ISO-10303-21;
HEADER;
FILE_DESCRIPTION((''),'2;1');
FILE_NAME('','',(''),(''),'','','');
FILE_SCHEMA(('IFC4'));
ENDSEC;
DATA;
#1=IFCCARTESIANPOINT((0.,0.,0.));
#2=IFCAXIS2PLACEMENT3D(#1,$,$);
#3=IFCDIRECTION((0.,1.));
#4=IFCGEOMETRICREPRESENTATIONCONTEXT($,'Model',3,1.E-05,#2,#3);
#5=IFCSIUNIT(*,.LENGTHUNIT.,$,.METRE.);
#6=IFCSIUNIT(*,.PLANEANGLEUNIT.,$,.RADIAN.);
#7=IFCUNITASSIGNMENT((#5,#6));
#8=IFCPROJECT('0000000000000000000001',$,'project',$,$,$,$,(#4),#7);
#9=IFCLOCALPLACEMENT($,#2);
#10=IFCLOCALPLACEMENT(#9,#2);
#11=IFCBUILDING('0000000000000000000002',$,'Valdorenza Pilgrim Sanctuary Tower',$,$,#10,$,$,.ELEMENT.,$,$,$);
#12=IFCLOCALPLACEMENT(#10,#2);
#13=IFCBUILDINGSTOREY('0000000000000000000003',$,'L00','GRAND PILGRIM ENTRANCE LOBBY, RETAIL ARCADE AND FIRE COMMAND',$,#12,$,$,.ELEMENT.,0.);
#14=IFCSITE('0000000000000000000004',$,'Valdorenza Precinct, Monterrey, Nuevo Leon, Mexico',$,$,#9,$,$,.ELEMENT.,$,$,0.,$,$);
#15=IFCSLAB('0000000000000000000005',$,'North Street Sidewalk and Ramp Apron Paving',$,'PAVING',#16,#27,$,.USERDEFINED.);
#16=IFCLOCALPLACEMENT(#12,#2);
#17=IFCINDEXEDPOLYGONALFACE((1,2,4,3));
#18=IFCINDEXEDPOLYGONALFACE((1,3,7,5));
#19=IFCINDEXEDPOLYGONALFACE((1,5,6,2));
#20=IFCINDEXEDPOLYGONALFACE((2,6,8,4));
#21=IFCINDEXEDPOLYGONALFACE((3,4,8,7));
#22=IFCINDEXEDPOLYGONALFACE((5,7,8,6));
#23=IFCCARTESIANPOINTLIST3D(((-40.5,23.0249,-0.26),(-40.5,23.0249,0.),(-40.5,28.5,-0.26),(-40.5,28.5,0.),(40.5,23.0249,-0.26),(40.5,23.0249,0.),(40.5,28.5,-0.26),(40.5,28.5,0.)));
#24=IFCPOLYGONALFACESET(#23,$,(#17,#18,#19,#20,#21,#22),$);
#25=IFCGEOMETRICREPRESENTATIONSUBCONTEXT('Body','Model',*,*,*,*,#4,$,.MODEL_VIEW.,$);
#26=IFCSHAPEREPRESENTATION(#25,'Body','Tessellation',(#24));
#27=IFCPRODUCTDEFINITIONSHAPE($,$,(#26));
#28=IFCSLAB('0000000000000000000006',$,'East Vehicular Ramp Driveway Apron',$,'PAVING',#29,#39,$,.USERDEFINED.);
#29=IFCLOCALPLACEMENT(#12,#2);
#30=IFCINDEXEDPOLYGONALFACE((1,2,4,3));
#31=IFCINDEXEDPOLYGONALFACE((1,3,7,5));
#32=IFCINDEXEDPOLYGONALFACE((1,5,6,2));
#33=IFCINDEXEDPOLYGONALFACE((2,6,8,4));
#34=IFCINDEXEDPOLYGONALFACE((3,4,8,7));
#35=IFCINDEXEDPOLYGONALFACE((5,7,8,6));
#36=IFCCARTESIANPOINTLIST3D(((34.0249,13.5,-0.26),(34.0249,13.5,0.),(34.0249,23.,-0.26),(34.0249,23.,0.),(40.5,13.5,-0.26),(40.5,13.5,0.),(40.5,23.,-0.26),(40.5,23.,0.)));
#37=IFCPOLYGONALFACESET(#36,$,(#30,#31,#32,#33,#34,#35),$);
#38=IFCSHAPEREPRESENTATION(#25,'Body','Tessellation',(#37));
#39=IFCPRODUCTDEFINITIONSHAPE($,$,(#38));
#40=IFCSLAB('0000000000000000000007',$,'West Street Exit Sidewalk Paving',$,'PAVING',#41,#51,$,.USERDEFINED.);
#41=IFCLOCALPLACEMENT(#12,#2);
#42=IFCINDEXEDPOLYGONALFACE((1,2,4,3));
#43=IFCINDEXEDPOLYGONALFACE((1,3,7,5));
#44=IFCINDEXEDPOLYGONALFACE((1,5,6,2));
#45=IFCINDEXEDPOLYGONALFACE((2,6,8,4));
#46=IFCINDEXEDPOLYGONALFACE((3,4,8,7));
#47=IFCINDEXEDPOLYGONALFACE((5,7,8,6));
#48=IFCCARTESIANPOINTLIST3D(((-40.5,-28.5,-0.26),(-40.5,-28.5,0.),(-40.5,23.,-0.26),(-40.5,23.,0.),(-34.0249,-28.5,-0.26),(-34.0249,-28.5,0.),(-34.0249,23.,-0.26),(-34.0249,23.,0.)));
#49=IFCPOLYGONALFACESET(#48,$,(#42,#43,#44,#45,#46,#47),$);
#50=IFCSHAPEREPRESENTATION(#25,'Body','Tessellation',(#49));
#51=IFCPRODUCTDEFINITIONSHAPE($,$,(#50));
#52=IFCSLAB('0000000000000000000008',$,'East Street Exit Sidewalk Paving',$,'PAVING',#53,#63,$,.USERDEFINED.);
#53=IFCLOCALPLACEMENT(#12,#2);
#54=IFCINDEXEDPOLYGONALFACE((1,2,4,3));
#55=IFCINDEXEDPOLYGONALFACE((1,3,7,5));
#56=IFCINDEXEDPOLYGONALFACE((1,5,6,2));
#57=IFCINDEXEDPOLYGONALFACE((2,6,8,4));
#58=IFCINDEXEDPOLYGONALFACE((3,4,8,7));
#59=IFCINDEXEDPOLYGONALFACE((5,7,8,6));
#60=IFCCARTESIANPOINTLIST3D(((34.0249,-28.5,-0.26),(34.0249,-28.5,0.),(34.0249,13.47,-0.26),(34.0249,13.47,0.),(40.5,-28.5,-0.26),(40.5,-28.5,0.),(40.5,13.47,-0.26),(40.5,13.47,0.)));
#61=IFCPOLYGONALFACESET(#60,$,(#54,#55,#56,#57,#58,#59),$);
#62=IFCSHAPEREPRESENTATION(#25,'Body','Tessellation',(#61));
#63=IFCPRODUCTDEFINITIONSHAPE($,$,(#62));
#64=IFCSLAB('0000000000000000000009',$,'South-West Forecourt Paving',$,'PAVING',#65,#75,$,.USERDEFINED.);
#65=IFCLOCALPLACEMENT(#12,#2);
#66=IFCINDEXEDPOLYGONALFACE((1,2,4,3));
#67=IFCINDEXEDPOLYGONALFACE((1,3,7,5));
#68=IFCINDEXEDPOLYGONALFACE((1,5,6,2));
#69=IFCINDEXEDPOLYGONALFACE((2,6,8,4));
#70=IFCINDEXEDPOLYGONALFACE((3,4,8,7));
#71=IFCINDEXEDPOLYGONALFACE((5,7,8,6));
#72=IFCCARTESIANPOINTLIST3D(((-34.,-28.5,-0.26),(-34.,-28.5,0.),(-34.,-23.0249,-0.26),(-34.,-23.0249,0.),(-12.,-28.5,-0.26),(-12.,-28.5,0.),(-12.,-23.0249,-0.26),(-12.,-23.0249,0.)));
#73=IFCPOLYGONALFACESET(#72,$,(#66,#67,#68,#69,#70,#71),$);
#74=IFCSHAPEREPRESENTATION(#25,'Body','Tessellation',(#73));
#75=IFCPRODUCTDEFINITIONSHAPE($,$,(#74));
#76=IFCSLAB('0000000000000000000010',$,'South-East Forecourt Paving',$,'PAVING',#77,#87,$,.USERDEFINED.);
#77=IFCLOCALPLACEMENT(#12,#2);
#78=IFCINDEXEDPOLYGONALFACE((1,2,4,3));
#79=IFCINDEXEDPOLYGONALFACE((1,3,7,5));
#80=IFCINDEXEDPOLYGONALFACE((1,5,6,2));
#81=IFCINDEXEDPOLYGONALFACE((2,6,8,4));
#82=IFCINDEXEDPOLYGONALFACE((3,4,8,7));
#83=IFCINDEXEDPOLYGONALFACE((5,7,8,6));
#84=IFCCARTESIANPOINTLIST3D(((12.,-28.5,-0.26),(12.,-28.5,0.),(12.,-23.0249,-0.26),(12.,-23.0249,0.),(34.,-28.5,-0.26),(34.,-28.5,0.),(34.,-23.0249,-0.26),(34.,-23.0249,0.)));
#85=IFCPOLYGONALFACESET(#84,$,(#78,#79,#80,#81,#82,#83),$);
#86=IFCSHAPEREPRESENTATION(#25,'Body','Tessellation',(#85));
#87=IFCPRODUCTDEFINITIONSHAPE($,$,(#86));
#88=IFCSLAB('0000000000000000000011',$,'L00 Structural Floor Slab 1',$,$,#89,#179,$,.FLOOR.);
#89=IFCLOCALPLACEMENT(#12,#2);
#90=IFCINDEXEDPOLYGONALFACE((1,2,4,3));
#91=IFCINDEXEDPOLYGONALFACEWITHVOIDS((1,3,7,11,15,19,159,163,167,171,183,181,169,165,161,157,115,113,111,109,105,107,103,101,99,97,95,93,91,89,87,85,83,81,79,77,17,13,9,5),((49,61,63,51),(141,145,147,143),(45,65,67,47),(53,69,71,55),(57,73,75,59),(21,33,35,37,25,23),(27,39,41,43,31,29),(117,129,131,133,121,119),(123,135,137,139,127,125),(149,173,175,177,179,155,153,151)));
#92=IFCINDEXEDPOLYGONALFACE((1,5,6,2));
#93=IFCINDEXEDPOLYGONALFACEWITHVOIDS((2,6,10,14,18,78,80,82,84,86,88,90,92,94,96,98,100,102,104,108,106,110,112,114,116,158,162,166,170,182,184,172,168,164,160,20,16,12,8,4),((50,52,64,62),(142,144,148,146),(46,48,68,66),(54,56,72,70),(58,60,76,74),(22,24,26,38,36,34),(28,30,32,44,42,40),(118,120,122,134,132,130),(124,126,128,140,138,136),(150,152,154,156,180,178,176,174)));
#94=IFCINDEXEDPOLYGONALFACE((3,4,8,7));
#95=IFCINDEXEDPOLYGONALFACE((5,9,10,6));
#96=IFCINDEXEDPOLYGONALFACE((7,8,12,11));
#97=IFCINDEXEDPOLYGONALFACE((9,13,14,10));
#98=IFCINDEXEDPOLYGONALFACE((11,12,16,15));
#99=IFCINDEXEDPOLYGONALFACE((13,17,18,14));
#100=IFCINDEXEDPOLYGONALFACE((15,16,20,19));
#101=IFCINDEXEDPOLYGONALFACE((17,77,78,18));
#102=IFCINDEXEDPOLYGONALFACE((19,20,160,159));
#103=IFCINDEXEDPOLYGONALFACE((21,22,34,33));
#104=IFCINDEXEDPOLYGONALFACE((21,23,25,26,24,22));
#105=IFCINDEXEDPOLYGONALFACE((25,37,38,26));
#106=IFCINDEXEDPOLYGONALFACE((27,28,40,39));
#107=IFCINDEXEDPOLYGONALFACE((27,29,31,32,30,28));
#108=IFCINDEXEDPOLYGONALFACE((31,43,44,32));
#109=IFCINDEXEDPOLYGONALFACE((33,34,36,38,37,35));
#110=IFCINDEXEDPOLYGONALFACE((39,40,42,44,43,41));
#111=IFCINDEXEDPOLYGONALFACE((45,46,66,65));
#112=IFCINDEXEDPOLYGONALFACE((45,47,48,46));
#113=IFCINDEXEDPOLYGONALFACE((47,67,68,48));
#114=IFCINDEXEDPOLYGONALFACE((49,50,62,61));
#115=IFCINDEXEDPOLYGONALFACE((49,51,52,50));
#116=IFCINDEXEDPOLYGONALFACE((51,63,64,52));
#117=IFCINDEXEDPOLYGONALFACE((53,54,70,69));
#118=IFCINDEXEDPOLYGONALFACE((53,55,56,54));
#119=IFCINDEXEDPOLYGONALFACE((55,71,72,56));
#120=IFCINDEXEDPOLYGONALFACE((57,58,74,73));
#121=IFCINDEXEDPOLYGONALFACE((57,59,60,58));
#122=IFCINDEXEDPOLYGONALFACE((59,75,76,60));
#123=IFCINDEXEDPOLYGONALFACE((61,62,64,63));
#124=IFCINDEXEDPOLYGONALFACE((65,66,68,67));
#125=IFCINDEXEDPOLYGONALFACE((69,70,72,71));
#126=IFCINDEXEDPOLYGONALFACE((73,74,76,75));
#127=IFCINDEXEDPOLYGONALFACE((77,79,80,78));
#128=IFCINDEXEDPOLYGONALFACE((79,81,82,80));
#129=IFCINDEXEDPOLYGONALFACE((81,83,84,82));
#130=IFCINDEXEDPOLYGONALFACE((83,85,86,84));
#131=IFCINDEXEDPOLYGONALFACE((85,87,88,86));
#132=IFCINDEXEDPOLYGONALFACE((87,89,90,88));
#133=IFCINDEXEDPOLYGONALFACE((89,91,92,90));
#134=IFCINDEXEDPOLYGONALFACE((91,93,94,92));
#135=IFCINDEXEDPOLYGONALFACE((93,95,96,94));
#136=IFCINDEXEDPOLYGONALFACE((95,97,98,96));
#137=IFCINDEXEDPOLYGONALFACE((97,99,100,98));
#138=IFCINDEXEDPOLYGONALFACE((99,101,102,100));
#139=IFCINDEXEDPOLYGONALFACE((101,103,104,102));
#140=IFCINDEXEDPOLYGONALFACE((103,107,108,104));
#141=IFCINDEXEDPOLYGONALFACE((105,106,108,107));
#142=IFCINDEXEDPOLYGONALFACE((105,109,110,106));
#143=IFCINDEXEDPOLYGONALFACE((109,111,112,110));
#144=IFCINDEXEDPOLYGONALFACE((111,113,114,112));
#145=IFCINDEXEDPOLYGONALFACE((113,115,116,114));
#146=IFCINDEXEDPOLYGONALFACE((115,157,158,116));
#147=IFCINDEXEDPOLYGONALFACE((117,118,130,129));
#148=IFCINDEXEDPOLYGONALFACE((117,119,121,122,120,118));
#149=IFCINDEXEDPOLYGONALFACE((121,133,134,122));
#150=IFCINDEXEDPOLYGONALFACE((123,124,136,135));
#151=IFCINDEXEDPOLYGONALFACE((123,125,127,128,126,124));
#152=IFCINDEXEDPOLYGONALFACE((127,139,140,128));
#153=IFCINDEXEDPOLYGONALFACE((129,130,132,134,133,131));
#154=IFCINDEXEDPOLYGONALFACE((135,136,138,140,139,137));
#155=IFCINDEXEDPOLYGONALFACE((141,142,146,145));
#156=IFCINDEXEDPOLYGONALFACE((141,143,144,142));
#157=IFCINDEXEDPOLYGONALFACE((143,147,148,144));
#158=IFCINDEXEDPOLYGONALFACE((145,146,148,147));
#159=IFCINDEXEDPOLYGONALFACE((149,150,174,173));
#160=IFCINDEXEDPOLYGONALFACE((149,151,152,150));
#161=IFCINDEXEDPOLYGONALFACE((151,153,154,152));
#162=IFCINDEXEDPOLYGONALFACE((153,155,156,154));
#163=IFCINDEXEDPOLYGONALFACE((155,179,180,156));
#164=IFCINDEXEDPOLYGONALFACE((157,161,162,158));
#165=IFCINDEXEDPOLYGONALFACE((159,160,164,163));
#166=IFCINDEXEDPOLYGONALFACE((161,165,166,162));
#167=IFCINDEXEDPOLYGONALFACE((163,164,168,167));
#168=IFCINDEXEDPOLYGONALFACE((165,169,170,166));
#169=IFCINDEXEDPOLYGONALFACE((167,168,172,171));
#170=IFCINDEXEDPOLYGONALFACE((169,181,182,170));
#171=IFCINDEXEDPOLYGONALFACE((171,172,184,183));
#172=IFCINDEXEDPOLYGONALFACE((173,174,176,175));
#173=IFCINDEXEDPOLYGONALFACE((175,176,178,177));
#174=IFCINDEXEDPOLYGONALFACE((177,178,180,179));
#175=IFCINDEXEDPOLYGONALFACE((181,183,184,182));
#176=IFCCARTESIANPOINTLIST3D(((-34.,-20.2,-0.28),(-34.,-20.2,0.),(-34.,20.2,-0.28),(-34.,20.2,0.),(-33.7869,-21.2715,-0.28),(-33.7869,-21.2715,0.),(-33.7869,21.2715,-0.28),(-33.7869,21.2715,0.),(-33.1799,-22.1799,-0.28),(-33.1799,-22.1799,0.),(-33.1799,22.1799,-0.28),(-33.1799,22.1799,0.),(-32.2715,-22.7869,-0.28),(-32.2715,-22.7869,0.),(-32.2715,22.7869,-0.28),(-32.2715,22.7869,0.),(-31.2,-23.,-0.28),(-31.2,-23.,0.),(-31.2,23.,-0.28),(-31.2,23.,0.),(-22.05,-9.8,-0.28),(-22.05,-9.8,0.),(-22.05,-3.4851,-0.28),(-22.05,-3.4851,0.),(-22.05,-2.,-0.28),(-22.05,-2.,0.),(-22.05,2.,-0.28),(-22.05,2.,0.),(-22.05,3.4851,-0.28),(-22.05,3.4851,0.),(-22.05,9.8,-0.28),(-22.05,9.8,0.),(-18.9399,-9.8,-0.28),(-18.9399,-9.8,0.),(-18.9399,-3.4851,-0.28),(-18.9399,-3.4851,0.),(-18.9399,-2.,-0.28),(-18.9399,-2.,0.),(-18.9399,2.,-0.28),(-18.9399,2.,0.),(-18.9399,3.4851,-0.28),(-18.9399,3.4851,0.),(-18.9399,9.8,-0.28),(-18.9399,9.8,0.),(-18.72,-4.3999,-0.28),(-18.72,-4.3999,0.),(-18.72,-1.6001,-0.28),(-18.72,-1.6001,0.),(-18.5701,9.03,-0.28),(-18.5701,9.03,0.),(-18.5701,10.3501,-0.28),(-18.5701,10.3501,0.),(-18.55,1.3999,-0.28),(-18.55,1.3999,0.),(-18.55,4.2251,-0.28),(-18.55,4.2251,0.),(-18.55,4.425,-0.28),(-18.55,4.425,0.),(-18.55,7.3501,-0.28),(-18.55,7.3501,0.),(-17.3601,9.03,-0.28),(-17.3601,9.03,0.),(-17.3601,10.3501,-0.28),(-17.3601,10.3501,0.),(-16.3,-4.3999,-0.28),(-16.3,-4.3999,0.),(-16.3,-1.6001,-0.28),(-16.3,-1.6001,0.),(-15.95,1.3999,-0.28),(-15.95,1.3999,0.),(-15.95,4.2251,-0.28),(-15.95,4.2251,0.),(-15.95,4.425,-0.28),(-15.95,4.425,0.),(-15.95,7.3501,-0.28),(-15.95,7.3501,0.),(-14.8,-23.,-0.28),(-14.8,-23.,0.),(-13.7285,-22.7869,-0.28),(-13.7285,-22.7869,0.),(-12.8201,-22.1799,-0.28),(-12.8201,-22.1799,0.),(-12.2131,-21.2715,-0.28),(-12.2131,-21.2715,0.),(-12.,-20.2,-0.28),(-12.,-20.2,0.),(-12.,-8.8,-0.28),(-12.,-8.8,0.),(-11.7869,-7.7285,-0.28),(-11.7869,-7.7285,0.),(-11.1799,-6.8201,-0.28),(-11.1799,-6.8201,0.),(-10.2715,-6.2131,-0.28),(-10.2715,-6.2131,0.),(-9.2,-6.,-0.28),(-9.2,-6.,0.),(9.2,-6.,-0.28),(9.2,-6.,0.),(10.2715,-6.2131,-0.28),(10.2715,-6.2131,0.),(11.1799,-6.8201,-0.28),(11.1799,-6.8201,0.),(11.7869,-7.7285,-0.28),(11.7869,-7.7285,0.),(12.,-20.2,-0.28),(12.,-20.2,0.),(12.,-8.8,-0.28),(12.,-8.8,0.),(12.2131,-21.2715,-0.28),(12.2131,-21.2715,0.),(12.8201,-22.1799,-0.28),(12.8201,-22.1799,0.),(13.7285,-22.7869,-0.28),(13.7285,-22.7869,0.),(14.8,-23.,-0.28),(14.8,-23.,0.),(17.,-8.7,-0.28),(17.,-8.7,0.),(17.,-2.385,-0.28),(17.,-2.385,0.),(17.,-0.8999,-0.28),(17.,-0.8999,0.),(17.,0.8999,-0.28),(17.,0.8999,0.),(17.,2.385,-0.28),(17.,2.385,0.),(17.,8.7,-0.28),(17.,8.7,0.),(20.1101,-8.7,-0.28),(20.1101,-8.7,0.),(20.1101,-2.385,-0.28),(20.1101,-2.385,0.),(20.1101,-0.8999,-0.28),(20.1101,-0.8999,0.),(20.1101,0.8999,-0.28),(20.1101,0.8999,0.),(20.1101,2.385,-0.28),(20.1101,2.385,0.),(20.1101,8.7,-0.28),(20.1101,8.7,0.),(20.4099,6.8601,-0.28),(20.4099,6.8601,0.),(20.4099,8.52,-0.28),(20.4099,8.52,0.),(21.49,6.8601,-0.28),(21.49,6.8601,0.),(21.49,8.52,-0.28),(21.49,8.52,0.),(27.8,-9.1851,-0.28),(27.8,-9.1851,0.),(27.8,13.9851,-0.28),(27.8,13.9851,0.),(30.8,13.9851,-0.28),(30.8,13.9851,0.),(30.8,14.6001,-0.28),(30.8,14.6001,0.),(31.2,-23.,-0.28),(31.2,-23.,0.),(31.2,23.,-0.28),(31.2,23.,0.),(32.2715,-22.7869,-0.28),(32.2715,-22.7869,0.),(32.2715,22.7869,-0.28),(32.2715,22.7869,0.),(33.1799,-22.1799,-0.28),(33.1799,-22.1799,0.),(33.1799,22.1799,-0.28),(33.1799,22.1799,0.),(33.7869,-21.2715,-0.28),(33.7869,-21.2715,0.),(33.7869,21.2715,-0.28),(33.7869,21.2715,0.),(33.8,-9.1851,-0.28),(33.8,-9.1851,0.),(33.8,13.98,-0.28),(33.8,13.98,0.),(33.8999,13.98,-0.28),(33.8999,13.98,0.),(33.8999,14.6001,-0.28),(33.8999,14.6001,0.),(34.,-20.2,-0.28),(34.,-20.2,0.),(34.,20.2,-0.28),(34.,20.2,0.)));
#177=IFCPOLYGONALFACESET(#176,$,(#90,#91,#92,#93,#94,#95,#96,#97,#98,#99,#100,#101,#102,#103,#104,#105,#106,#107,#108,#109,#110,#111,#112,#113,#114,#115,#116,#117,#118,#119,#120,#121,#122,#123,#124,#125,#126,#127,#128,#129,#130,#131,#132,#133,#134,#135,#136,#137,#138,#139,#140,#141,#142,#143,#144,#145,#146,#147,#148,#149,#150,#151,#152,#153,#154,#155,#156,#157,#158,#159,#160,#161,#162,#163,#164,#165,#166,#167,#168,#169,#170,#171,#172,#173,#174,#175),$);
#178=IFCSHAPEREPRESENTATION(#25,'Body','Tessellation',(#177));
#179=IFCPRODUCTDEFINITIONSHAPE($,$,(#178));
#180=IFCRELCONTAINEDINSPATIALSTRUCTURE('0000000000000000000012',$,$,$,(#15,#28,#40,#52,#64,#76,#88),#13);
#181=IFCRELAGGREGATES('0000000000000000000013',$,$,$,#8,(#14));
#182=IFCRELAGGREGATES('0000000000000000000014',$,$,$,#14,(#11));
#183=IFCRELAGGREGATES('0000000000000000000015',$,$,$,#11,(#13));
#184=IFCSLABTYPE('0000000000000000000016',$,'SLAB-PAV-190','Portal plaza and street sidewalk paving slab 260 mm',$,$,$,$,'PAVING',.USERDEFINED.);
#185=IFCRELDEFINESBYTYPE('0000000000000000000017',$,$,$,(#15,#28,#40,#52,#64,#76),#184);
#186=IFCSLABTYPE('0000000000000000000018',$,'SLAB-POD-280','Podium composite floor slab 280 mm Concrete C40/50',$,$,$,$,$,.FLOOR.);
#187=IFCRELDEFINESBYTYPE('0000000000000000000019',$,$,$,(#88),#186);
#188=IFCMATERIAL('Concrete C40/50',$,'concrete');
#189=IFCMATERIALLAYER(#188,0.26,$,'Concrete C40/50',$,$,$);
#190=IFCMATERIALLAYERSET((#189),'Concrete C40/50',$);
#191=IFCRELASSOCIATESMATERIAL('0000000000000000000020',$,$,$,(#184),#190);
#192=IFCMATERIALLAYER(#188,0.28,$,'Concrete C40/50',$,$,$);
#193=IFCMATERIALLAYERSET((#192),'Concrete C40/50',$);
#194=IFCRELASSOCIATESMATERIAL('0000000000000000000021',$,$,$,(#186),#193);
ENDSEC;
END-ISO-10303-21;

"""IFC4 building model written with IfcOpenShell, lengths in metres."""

from ifc_helpers import new_model, si_unit, direction, frame, origin, place, context, subcontext, project, spatial, polyline, outline, extrude, material, layer, layer_set, type_object, element, save


model = new_model("IFC4")

# Units and contexts
model_context = context("Model", 3, precision=1e-05, world=origin(), true_north=direction((0.0, 1.0)))
body_context = subcontext(model_context, "Body", "Model", "MODEL_VIEW")
ifc_project = project(units=[si_unit("LENGTHUNIT", "METRE"), si_unit("PLANEANGLEUNIT", "RADIAN")], contexts=[model_context])

# Site, building, storey
site_placement = place(None, origin())
site = spatial("IfcSite", under=ifc_project, at=site_placement, Name="Valdorenza Precinct, Monterrey, Nuevo Leon, Mexico", CompositionType="ELEMENT", RefElevation=0.0)
building_placement = place(site_placement, origin())
building = spatial("IfcBuilding", under=site, at=building_placement, Name="Valdorenza Pilgrim Sanctuary Tower", CompositionType="ELEMENT")
storey_placement = place(building_placement, origin())
storey = spatial("IfcBuildingStorey", under=building, at=storey_placement, Name="L00", Description="GRAND PILGRIM ENTRANCE LOBBY, RETAIL ARCADE AND FIRE COMMAND", CompositionType="ELEMENT", Elevation=0.0)

# Slabs
ifc_material_1 = material(Name="Concrete C40/50", Category="concrete")
ifc_layer_1 = layer(ifc_material_1, 0.26, Name="Concrete C40/50")
ifc_layer_set_1 = layer_set([ifc_layer_1], Name="Concrete C40/50")
slab_type_1 = type_object("IfcSlabType", Name="SLAB-PAV-190", Description="Portal plaza and street sidewalk paving slab 260 mm", ElementType="PAVING", PredefinedType="USERDEFINED", material=ifc_layer_set_1)
slab_1_placement = place(storey_placement, frame((0.0, 0.0, -0.26)))
element("IfcSlab", 1, at=slab_1_placement, inside=storey, type_object=slab_type_1, Name="North Street Sidewalk and Ramp Apron Paving", ObjectType="PAVING", PredefinedType="USERDEFINED", context=body_context, shape_type="SweptSolid", body=[
    extrude(outline(polyline([(-40.5, 28.5), (40.5, 28.5), (40.5, 23.0249), (-40.5, 23.0249), (-40.5, 28.5)])), origin(), (0.0, 0.0, 1.0), 0.26),
])
slab_2_placement = place(storey_placement, frame((0.0, 0.0, -0.26)))
element("IfcSlab", 2, at=slab_2_placement, inside=storey, type_object=slab_type_1, Name="East Vehicular Ramp Driveway Apron", ObjectType="PAVING", PredefinedType="USERDEFINED", context=body_context, shape_type="SweptSolid", body=[
    extrude(outline(polyline([(40.5, 23.0), (40.5, 13.5), (34.0249, 13.5), (34.0249, 23.0), (40.5, 23.0)])), origin(), (0.0, 0.0, 1.0), 0.26),
])
slab_3_placement = place(storey_placement, frame((0.0, 0.0, -0.26)))
element("IfcSlab", 3, at=slab_3_placement, inside=storey, type_object=slab_type_1, Name="West Street Exit Sidewalk Paving", ObjectType="PAVING", PredefinedType="USERDEFINED", context=body_context, shape_type="SweptSolid", body=[
    extrude(outline(polyline([(-40.5, -28.5), (-40.5, 23.0), (-34.0249, 23.0), (-34.0249, -28.5), (-40.5, -28.5)])), origin(), (0.0, 0.0, 1.0), 0.26),
])
slab_4_placement = place(storey_placement, frame((0.0, 0.0, -0.26)))
element("IfcSlab", 4, at=slab_4_placement, inside=storey, type_object=slab_type_1, Name="East Street Exit Sidewalk Paving", ObjectType="PAVING", PredefinedType="USERDEFINED", context=body_context, shape_type="SweptSolid", body=[
    extrude(outline(polyline([(40.5, -28.5), (34.0249, -28.5), (34.0249, 13.47), (40.5, 13.47), (40.5, -28.5)])), origin(), (0.0, 0.0, 1.0), 0.26),
])
slab_5_placement = place(storey_placement, frame((0.0, 0.0, -0.26)))
element("IfcSlab", 5, at=slab_5_placement, inside=storey, type_object=slab_type_1, Name="South-West Forecourt Paving", ObjectType="PAVING", PredefinedType="USERDEFINED", context=body_context, shape_type="SweptSolid", body=[
    extrude(outline(polyline([(-12.0, -28.5), (-34.0, -28.5), (-34.0, -23.0249), (-12.0, -23.0249), (-12.0, -28.5)])), origin(), (0.0, 0.0, 1.0), 0.26),
])
slab_6_placement = place(storey_placement, frame((0.0, 0.0, -0.26)))
element("IfcSlab", 6, at=slab_6_placement, inside=storey, type_object=slab_type_1, Name="South-East Forecourt Paving", ObjectType="PAVING", PredefinedType="USERDEFINED", context=body_context, shape_type="SweptSolid", body=[
    extrude(outline(polyline([(34.0, -28.5), (12.0, -28.5), (12.0, -23.0249), (34.0, -23.0249), (34.0, -28.5)])), origin(), (0.0, 0.0, 1.0), 0.26),
])
ifc_layer_2 = layer(ifc_material_1, 0.28, Name="Concrete C40/50")
ifc_layer_set_2 = layer_set([ifc_layer_2], Name="Concrete C40/50")
slab_type_2 = type_object("IfcSlabType", Name="SLAB-POD-280", Description="Podium composite floor slab 280 mm Concrete C40/50", PredefinedType="FLOOR", material=ifc_layer_set_2)
slab_7_placement = place(storey_placement, frame((0.0, 0.0, -0.28)))
element("IfcSlab", 7, at=slab_7_placement, inside=storey, type_object=slab_type_2, Name="L00 Structural Floor Slab 1", PredefinedType="FLOOR", context=body_context, shape_type="SweptSolid", body=[
    extrude(outline(polyline([(-34.0, 20.2), (-33.7869, 21.2715), (-33.1799, 22.1799), (-32.2715, 22.7869), (-31.2, 23.0), (31.2, 23.0), (32.2715, 22.7869), (33.1799, 22.1799), (33.7869, 21.2715), (34.0, 20.2), (34.0, -20.2), (33.7869, -21.2715), (33.1799, -22.1799), (32.2715, -22.7869), (31.2, -23.0), (14.8, -23.0), (13.7285, -22.7869), (12.8201, -22.1799), (12.2131, -21.2715), (12.0, -20.2), (12.0, -8.8), (11.7869, -7.7285), (11.1799, -6.8201), (10.2715, -6.2131), (9.2, -6.0), (-9.2, -6.0), (-10.2715, -6.2131), (-11.1799, -6.8201), (-11.7869, -7.7285), (-12.0, -8.8), (-12.0, -20.2), (-12.2131, -21.2715), (-12.8201, -22.1799), (-13.7285, -22.7869), (-14.8, -23.0), (-31.2, -23.0), (-32.2715, -22.7869), (-33.1799, -22.1799), (-33.7869, -21.2715), (-34.0, -20.2), (-34.0, 20.2)]), holes=[polyline([(-22.05, -9.8), (-18.9399, -9.8), (-18.9399, -3.4851), (-18.9399, -2.0), (-22.05, -2.0), (-22.05, -3.4851), (-22.05, -9.8)]), polyline([(-16.3, -4.3999), (-16.3, -1.6001), (-18.72, -1.6001), (-18.72, -4.3999), (-16.3, -4.3999)]), polyline([(-22.05, 2.0), (-18.9399, 2.0), (-18.9399, 3.4851), (-18.9399, 9.8), (-22.05, 9.8), (-22.05, 3.4851), (-22.05, 2.0)]), polyline([(-15.95, 1.3999), (-15.95, 4.2251), (-18.55, 4.2251), (-18.55, 1.3999), (-15.95, 1.3999)]), polyline([(-15.95, 4.425), (-15.95, 7.3501), (-18.55, 7.3501), (-18.55, 4.425), (-15.95, 4.425)]), polyline([(-17.3601, 9.03), (-17.3601, 10.3501), (-18.5701, 10.3501), (-18.5701, 9.03), (-17.3601, 9.03)]), polyline([(17.0, -8.7), (20.1101, -8.7), (20.1101, -2.385), (20.1101, -0.8999), (17.0, -0.8999), (17.0, -2.385), (17.0, -8.7)]), polyline([(20.1101, 0.8999), (20.1101, 2.385), (20.1101, 8.7), (17.0, 8.7), (17.0, 2.385), (17.0, 0.8999), (20.1101, 0.8999)]), polyline([(30.8, 14.6001), (30.8, 13.9851), (27.8, 13.9851), (27.8, -9.1851), (33.8, -9.1851), (33.8, 13.98), (33.8999, 13.98), (33.8999, 14.6001), (30.8, 14.6001)]), polyline([(21.49, 6.8601), (21.49, 8.52), (20.4099, 8.52), (20.4099, 6.8601), (21.49, 6.8601)])]), origin(), (0.0, 0.0, 1.0), 0.28),
])

save(model, "model.ifc")
